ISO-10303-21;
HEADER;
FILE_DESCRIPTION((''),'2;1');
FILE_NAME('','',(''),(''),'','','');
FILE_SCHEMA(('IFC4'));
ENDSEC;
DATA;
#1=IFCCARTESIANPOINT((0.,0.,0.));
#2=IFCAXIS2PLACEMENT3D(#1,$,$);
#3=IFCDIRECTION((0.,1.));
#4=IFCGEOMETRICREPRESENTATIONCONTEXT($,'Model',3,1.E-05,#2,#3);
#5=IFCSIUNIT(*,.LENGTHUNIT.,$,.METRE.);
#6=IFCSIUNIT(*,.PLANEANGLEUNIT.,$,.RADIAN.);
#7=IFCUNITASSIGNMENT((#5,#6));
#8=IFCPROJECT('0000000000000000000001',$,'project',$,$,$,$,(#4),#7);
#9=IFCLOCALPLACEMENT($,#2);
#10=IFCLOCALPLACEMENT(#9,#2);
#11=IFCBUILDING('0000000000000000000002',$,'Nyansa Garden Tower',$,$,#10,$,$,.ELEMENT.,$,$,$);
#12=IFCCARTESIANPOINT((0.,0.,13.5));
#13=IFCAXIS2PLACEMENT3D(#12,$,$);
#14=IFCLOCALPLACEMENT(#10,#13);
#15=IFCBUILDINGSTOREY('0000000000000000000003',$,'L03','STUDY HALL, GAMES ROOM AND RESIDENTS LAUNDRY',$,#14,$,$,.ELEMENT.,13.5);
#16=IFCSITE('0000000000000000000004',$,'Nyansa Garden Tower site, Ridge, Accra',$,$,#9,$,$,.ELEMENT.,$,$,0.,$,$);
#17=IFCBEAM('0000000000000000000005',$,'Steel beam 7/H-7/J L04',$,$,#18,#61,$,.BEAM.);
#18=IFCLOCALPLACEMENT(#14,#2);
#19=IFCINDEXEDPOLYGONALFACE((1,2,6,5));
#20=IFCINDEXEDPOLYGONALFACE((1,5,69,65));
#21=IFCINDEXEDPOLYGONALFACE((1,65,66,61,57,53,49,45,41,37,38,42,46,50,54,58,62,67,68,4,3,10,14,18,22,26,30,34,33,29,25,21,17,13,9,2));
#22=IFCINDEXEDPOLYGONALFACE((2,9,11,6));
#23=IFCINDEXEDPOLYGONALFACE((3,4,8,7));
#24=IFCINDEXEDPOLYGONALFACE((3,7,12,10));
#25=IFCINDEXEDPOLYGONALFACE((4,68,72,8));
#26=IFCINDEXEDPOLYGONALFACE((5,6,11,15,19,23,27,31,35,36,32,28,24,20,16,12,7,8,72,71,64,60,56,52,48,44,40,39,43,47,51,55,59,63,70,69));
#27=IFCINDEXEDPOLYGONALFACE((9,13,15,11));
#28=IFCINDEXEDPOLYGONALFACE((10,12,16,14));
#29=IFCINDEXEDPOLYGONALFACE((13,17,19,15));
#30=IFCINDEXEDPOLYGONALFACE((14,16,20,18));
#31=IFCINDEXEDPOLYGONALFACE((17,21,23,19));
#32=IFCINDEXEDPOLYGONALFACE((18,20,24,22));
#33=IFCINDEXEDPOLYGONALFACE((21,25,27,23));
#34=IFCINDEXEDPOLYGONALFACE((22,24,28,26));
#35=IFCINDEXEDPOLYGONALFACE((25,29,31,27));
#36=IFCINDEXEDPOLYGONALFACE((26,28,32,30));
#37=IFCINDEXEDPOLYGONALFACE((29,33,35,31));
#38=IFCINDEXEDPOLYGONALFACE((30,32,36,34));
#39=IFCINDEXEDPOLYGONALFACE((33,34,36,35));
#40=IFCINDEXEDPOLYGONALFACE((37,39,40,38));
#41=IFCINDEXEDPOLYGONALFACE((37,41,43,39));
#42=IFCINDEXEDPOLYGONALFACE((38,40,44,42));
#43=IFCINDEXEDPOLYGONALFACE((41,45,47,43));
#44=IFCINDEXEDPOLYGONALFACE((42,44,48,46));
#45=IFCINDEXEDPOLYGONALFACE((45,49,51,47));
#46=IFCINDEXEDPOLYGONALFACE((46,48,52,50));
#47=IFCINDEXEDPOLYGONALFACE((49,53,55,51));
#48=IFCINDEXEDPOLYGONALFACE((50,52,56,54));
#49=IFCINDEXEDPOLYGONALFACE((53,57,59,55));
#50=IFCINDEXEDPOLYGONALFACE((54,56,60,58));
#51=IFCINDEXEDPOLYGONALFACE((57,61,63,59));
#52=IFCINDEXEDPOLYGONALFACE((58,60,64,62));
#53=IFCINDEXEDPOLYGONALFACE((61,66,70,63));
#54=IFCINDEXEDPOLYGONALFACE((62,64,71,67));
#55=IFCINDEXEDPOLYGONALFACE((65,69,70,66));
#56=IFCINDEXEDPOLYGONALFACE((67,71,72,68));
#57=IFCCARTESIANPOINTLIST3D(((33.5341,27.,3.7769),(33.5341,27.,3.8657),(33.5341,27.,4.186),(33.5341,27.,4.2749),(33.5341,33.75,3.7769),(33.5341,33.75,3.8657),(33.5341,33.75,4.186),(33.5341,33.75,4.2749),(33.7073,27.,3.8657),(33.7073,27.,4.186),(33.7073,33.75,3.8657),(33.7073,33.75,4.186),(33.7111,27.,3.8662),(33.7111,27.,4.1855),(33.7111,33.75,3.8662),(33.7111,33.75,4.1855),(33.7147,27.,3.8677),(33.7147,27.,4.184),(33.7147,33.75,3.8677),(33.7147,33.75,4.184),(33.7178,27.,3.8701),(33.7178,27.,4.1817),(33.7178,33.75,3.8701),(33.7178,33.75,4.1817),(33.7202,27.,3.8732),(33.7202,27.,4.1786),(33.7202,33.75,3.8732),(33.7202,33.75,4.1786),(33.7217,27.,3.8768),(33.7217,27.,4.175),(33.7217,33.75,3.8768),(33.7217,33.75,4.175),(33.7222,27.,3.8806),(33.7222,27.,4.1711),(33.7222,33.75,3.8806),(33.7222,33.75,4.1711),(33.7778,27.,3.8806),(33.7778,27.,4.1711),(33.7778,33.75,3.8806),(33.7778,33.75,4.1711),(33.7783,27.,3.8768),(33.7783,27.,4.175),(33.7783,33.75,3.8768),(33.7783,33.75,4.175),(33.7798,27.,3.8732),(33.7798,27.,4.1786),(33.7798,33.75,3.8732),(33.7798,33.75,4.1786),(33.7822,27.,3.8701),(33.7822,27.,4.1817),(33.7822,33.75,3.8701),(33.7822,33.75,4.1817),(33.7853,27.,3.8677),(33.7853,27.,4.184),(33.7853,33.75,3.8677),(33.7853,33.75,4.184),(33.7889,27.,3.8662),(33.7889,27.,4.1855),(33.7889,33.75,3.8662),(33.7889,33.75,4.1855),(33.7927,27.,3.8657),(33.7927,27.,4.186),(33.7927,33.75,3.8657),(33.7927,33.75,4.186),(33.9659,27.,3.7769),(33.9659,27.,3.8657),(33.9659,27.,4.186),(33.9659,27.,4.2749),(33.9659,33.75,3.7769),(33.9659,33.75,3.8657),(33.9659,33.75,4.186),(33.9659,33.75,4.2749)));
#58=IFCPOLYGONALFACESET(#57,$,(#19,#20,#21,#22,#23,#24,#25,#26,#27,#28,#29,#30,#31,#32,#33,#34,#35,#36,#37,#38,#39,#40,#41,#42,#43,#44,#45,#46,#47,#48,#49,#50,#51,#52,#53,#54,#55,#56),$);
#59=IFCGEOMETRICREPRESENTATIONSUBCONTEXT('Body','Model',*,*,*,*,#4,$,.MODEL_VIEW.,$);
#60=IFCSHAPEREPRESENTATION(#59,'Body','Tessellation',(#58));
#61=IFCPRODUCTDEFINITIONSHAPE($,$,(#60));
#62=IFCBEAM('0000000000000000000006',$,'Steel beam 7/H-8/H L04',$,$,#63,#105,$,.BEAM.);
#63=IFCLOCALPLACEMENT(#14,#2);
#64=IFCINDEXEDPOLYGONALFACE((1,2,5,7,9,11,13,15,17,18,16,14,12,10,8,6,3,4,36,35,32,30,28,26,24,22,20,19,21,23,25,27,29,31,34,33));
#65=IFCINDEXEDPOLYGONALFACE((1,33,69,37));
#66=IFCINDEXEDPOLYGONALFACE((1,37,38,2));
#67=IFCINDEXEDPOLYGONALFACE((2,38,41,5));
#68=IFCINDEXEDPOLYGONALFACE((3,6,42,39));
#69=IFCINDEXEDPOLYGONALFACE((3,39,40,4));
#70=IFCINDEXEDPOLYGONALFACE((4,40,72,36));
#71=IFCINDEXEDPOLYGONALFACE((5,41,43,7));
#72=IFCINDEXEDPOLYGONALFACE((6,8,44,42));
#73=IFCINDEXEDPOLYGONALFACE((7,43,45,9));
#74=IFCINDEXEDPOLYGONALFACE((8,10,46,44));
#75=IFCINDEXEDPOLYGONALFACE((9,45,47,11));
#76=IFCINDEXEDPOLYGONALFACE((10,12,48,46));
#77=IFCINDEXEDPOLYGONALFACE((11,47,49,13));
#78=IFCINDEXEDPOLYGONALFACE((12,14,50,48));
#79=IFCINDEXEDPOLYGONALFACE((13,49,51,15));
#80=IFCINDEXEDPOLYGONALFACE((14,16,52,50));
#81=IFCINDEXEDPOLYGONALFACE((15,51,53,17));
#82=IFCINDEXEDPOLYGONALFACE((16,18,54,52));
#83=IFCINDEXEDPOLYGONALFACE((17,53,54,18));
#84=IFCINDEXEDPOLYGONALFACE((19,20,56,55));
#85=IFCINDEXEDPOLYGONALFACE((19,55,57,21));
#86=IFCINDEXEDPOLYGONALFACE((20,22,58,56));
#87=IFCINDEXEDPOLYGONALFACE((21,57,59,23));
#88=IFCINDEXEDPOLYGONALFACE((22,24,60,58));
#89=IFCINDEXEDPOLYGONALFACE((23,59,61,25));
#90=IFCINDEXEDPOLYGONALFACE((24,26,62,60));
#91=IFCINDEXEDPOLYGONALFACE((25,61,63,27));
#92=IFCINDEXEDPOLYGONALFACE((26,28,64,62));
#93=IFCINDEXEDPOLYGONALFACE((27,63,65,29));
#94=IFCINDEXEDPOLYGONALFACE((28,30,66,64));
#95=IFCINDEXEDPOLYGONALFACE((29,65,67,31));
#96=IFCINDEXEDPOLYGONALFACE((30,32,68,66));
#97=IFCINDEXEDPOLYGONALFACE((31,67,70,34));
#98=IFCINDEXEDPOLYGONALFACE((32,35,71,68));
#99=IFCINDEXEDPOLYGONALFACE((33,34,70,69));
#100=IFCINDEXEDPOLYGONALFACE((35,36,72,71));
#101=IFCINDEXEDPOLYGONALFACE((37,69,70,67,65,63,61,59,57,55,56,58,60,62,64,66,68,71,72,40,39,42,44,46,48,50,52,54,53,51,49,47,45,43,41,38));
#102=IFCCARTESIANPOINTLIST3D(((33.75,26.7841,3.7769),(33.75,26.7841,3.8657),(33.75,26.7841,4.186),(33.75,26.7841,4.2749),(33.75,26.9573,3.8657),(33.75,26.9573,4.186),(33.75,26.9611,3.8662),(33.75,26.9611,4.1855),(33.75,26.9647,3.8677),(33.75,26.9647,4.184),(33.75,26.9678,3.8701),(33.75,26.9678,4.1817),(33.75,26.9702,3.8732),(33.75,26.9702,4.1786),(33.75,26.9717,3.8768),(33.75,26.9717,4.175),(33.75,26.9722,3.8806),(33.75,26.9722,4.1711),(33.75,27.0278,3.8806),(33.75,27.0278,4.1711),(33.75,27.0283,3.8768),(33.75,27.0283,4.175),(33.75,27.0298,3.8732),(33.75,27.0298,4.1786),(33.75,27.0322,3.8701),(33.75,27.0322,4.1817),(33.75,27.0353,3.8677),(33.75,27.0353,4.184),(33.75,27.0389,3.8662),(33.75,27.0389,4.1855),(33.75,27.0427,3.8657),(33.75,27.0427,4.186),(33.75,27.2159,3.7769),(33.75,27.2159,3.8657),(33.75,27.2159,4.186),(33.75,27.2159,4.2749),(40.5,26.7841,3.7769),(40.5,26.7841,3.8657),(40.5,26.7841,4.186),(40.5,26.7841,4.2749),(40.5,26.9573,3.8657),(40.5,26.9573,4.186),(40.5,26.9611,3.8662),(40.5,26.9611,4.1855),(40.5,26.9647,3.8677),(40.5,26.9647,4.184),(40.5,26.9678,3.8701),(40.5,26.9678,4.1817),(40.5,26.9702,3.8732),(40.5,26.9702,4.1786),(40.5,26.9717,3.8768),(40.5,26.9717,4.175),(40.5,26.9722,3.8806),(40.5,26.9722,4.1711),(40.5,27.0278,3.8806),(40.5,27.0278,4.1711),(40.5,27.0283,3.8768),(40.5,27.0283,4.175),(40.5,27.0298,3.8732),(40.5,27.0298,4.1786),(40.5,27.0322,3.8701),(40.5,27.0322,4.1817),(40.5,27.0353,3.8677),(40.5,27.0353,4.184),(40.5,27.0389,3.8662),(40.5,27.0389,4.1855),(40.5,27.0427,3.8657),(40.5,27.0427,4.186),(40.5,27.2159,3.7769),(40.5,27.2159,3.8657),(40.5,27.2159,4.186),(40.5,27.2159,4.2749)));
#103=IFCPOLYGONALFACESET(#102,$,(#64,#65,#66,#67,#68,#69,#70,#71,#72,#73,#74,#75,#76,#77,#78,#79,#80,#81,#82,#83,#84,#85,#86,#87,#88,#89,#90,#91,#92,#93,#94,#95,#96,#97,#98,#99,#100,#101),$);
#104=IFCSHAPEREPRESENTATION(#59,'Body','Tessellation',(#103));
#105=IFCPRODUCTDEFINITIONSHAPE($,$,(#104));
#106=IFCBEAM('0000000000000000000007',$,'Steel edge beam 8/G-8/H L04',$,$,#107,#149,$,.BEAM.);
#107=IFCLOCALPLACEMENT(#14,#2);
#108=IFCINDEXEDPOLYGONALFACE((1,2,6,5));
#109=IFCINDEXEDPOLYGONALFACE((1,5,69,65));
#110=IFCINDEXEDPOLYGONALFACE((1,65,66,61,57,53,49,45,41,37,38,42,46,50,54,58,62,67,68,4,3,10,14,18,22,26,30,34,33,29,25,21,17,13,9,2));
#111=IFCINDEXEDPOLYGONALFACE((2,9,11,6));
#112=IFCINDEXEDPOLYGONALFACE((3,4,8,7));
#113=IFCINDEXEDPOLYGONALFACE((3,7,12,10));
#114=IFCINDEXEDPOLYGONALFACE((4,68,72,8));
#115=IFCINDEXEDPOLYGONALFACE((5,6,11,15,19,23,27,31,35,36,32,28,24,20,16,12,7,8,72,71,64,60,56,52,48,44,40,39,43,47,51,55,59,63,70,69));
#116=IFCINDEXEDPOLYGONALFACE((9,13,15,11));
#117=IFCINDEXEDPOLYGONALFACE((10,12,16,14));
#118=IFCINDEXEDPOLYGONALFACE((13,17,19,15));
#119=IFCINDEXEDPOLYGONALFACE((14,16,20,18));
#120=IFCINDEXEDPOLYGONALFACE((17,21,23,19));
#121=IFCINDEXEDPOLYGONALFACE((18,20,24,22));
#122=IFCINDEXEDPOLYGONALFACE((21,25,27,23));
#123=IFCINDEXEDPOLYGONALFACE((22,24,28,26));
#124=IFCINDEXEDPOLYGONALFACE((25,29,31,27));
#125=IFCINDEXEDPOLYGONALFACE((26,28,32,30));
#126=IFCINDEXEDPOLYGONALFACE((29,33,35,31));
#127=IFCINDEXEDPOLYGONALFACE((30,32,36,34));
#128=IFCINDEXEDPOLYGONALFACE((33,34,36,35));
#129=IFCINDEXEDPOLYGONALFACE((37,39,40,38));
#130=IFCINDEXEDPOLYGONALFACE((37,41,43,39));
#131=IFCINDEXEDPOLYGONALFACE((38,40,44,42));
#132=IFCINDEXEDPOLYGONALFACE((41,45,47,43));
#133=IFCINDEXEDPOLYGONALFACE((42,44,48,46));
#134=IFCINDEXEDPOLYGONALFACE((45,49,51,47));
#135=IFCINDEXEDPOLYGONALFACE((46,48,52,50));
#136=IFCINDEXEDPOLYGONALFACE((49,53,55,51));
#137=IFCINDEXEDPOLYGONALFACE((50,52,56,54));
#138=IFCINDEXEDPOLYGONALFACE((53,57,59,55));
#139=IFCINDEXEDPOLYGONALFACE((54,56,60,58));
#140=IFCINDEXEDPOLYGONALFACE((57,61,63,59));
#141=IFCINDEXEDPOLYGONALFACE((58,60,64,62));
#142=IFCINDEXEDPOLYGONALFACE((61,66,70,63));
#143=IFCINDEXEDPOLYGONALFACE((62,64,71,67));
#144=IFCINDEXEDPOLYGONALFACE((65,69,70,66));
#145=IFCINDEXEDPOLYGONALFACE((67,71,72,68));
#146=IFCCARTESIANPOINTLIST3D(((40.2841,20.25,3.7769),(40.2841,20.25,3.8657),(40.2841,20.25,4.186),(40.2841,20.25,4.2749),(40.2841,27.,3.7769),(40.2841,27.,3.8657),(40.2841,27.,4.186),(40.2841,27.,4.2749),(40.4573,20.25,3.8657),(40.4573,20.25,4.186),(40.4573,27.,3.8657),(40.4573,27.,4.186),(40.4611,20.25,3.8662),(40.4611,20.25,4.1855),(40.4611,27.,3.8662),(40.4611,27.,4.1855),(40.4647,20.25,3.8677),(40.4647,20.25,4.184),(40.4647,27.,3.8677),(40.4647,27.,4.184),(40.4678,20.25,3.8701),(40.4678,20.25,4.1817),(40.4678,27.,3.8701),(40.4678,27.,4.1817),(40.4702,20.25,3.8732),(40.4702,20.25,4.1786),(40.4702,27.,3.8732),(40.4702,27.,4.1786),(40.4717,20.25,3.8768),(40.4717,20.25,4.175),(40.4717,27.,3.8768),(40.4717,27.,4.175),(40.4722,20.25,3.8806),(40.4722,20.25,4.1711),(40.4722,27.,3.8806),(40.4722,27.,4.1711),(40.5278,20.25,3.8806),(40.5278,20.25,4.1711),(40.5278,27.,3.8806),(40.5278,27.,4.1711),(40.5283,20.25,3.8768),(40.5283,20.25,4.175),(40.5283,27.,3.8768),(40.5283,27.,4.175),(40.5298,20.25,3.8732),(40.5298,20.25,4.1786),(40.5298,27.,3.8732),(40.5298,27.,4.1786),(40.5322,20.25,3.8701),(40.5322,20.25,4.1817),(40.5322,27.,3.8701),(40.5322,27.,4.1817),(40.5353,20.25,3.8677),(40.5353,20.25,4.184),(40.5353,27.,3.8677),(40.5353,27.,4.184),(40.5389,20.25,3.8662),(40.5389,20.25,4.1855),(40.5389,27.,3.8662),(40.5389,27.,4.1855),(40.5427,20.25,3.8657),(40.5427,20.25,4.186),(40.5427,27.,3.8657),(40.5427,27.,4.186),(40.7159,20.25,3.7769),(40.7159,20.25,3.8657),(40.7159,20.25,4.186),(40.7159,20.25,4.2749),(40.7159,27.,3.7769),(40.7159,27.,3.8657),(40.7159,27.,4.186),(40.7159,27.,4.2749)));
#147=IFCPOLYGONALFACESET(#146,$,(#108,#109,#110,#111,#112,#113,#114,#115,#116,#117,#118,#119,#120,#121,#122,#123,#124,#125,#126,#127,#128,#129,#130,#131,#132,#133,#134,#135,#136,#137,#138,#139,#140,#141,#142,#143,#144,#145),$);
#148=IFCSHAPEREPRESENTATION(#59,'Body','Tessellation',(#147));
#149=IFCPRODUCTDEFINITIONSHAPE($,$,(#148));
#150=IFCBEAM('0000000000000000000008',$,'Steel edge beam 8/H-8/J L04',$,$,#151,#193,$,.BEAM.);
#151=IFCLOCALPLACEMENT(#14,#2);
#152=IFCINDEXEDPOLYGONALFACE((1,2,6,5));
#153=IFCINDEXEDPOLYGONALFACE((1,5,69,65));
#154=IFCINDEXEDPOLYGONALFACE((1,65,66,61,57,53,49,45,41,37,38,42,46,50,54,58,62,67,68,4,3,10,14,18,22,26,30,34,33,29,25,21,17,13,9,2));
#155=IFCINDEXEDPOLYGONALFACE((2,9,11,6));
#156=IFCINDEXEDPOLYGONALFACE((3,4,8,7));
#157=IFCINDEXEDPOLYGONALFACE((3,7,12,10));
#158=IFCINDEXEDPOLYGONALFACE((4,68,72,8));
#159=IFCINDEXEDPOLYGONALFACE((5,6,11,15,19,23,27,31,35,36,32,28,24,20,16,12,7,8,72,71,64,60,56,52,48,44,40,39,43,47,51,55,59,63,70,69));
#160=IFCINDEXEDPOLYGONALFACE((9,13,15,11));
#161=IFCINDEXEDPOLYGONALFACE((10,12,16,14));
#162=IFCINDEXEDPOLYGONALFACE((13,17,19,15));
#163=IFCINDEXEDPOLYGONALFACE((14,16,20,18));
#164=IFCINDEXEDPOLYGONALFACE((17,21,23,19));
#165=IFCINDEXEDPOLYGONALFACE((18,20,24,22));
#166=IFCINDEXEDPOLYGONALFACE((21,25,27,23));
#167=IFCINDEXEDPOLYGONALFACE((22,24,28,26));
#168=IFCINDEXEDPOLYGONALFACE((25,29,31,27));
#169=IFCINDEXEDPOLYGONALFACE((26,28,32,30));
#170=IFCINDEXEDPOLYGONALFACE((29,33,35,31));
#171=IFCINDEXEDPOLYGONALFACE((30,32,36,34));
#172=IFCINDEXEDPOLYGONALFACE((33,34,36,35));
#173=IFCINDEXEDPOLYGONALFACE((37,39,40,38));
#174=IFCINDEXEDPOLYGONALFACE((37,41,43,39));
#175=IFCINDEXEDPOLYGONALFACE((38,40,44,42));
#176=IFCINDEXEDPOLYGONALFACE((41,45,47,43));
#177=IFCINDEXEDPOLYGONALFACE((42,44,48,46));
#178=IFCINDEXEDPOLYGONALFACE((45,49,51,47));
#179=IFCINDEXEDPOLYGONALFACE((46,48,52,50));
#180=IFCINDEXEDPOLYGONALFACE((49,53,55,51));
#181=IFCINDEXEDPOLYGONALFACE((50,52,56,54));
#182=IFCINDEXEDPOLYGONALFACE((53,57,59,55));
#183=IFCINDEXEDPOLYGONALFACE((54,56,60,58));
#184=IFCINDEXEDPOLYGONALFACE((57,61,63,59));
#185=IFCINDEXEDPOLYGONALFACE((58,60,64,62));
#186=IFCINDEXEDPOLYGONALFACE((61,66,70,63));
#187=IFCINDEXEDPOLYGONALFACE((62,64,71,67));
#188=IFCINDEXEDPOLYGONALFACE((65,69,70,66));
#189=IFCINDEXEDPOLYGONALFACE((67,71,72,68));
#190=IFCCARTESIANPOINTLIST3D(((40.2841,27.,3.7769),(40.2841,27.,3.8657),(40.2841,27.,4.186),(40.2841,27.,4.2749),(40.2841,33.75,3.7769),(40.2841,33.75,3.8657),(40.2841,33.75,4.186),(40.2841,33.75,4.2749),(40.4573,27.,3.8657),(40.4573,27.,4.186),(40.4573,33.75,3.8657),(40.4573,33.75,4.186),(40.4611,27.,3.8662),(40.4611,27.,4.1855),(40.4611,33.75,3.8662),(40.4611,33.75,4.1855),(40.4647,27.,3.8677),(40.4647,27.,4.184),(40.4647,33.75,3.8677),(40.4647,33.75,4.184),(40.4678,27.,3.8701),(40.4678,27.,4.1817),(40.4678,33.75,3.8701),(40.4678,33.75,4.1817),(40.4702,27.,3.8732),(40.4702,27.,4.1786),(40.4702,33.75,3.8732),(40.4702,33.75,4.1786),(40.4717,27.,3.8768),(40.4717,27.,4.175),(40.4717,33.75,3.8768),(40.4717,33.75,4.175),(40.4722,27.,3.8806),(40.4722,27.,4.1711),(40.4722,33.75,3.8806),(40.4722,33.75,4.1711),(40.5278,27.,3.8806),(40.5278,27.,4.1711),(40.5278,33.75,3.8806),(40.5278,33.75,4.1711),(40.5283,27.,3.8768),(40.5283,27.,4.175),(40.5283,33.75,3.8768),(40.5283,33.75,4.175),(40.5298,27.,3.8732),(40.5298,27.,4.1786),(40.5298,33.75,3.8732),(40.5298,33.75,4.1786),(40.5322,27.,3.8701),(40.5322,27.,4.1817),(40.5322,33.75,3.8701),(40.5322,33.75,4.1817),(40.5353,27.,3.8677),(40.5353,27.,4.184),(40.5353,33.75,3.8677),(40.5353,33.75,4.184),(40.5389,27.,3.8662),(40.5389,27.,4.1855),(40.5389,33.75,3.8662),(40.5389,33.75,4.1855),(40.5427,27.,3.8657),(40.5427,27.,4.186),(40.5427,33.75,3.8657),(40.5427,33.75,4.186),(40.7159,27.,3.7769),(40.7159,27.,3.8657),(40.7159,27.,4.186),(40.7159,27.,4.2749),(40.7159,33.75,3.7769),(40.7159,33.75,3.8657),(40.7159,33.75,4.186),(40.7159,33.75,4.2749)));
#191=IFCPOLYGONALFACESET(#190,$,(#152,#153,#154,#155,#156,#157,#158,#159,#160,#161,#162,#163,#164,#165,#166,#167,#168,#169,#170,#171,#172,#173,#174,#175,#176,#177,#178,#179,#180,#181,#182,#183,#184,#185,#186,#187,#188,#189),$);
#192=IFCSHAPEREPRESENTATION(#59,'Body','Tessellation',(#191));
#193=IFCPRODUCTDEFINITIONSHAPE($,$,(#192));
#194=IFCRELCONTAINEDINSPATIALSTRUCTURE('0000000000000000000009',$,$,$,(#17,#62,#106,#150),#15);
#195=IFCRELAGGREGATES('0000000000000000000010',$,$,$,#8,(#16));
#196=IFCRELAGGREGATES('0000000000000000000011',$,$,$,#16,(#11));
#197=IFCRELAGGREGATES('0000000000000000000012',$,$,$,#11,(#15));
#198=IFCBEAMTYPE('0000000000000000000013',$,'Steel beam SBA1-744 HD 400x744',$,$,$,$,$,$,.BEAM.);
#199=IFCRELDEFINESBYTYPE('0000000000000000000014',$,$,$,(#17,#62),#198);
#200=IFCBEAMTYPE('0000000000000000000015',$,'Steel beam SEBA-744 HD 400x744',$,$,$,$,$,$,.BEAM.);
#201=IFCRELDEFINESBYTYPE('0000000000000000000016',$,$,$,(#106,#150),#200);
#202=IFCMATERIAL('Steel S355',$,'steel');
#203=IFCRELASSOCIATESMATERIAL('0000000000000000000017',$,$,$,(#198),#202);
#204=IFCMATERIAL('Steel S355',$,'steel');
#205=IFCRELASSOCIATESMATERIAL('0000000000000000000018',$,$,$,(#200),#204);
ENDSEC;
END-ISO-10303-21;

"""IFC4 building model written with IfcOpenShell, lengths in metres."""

from ifc_helpers import new_model, si_unit, direction, frame, origin, origin_2d, place, context, subcontext, project, spatial, i_section, extrude, material, material_profile, profile_set, type_object, element, save


model = new_model("IFC4")

# Units and contexts
model_context = context("Model", 3, precision=1e-05, world=origin(), true_north=direction((0.0, 1.0)))
body_context = subcontext(model_context, "Body", "Model", "MODEL_VIEW")
ifc_project = project(units=[si_unit("LENGTHUNIT", "METRE"), si_unit("PLANEANGLEUNIT", "RADIAN")], contexts=[model_context])

# Site, building, storey
site_placement = place(None, origin())
site = spatial("IfcSite", under=ifc_project, at=site_placement, Name="Nyansa Garden Tower site, Ridge, Accra", CompositionType="ELEMENT", RefElevation=0.0)
building_placement = place(site_placement, origin())
building = spatial("IfcBuilding", under=site, at=building_placement, Name="Nyansa Garden Tower", CompositionType="ELEMENT")
storey_placement = place(building_placement, frame((0.0, 0.0, 13.5)))
storey = spatial("IfcBuildingStorey", under=building, at=storey_placement, Name="L03", Description="STUDY HALL, GAMES ROOM AND RESIDENTS LAUNDRY", CompositionType="ELEMENT", Elevation=13.5)

# Beams
ifc_material_1 = material(Name="Steel S355", Category="steel")
ifc_material_profile_1 = material_profile(ifc_material_1, i_section(OverallWidth=0.4319, OverallDepth=0.498, WebThickness=0.0557, FlangeThickness=0.0889, FilletRadius=0.0149, at=origin_2d()), Name="HD 400x744")
ifc_profile_set_1 = profile_set([ifc_material_profile_1], Name="Steel S355")
beam_type_1 = type_object("IfcBeamType", Name="Steel beam SBA1-744 HD 400x744", PredefinedType="BEAM", material=ifc_profile_set_1)
for number, where, z_axis, x_axis, name in (
    (1, (33.75, 27.0, 4.0259), (0.0, 1.0, 0.0), (-1.0, 0.0, 0.0), "Steel beam 7/H-7/J L04"),
    (2, (33.75, 27.0, 4.0259), (1.0, 0.0, 0.0), (0.0, 1.0, 0.0), "Steel beam 7/H-8/H L04"),
):
    element("IfcBeam", number, at=place(storey_placement, frame(where, z_axis=z_axis, x_axis=x_axis)), inside=storey, type_object=beam_type_1, Name=name, PredefinedType="BEAM", context=body_context, shape_type="SweptSolid", body=[
        extrude(i_section(OverallWidth=0.4319, OverallDepth=0.498, WebThickness=0.0557, FlangeThickness=0.0889, FilletRadius=0.0149, at=origin_2d()), origin(), (0.0, 0.0, 1.0), 6.75),
    ])
ifc_material_2 = material(Name="Steel S355", Category="steel")
ifc_material_profile_2 = material_profile(ifc_material_2, i_section(OverallWidth=0.4319, OverallDepth=0.498, WebThickness=0.0557, FlangeThickness=0.0889, FilletRadius=0.0149, at=origin_2d()), Name="HD 400x744")
ifc_profile_set_2 = profile_set([ifc_material_profile_2], Name="Steel S355")
beam_type_2 = type_object("IfcBeamType", Name="Steel beam SEBA-744 HD 400x744", PredefinedType="BEAM", material=ifc_profile_set_2)
for number, where, z_axis, x_axis, name in (
    (3, (40.5, 20.25, 4.0259), (0.0, 1.0, 0.0), (-1.0, 0.0, 0.0), "Steel edge beam 8/G-8/H L04"),
    (4, (40.5, 27.0, 4.0259), (0.0, 1.0, 0.0), (-1.0, 0.0, 0.0), "Steel edge beam 8/H-8/J L04"),
):
    element("IfcBeam", number, at=place(storey_placement, frame(where, z_axis=z_axis, x_axis=x_axis)), inside=storey, type_object=beam_type_2, Name=name, PredefinedType="BEAM", context=body_context, shape_type="SweptSolid", body=[
        extrude(i_section(OverallWidth=0.4319, OverallDepth=0.498, WebThickness=0.0557, FlangeThickness=0.0889, FilletRadius=0.0149, at=origin_2d()), origin(), (0.0, 0.0, 1.0), 6.75),
    ])

save(model, "model.ifc")
